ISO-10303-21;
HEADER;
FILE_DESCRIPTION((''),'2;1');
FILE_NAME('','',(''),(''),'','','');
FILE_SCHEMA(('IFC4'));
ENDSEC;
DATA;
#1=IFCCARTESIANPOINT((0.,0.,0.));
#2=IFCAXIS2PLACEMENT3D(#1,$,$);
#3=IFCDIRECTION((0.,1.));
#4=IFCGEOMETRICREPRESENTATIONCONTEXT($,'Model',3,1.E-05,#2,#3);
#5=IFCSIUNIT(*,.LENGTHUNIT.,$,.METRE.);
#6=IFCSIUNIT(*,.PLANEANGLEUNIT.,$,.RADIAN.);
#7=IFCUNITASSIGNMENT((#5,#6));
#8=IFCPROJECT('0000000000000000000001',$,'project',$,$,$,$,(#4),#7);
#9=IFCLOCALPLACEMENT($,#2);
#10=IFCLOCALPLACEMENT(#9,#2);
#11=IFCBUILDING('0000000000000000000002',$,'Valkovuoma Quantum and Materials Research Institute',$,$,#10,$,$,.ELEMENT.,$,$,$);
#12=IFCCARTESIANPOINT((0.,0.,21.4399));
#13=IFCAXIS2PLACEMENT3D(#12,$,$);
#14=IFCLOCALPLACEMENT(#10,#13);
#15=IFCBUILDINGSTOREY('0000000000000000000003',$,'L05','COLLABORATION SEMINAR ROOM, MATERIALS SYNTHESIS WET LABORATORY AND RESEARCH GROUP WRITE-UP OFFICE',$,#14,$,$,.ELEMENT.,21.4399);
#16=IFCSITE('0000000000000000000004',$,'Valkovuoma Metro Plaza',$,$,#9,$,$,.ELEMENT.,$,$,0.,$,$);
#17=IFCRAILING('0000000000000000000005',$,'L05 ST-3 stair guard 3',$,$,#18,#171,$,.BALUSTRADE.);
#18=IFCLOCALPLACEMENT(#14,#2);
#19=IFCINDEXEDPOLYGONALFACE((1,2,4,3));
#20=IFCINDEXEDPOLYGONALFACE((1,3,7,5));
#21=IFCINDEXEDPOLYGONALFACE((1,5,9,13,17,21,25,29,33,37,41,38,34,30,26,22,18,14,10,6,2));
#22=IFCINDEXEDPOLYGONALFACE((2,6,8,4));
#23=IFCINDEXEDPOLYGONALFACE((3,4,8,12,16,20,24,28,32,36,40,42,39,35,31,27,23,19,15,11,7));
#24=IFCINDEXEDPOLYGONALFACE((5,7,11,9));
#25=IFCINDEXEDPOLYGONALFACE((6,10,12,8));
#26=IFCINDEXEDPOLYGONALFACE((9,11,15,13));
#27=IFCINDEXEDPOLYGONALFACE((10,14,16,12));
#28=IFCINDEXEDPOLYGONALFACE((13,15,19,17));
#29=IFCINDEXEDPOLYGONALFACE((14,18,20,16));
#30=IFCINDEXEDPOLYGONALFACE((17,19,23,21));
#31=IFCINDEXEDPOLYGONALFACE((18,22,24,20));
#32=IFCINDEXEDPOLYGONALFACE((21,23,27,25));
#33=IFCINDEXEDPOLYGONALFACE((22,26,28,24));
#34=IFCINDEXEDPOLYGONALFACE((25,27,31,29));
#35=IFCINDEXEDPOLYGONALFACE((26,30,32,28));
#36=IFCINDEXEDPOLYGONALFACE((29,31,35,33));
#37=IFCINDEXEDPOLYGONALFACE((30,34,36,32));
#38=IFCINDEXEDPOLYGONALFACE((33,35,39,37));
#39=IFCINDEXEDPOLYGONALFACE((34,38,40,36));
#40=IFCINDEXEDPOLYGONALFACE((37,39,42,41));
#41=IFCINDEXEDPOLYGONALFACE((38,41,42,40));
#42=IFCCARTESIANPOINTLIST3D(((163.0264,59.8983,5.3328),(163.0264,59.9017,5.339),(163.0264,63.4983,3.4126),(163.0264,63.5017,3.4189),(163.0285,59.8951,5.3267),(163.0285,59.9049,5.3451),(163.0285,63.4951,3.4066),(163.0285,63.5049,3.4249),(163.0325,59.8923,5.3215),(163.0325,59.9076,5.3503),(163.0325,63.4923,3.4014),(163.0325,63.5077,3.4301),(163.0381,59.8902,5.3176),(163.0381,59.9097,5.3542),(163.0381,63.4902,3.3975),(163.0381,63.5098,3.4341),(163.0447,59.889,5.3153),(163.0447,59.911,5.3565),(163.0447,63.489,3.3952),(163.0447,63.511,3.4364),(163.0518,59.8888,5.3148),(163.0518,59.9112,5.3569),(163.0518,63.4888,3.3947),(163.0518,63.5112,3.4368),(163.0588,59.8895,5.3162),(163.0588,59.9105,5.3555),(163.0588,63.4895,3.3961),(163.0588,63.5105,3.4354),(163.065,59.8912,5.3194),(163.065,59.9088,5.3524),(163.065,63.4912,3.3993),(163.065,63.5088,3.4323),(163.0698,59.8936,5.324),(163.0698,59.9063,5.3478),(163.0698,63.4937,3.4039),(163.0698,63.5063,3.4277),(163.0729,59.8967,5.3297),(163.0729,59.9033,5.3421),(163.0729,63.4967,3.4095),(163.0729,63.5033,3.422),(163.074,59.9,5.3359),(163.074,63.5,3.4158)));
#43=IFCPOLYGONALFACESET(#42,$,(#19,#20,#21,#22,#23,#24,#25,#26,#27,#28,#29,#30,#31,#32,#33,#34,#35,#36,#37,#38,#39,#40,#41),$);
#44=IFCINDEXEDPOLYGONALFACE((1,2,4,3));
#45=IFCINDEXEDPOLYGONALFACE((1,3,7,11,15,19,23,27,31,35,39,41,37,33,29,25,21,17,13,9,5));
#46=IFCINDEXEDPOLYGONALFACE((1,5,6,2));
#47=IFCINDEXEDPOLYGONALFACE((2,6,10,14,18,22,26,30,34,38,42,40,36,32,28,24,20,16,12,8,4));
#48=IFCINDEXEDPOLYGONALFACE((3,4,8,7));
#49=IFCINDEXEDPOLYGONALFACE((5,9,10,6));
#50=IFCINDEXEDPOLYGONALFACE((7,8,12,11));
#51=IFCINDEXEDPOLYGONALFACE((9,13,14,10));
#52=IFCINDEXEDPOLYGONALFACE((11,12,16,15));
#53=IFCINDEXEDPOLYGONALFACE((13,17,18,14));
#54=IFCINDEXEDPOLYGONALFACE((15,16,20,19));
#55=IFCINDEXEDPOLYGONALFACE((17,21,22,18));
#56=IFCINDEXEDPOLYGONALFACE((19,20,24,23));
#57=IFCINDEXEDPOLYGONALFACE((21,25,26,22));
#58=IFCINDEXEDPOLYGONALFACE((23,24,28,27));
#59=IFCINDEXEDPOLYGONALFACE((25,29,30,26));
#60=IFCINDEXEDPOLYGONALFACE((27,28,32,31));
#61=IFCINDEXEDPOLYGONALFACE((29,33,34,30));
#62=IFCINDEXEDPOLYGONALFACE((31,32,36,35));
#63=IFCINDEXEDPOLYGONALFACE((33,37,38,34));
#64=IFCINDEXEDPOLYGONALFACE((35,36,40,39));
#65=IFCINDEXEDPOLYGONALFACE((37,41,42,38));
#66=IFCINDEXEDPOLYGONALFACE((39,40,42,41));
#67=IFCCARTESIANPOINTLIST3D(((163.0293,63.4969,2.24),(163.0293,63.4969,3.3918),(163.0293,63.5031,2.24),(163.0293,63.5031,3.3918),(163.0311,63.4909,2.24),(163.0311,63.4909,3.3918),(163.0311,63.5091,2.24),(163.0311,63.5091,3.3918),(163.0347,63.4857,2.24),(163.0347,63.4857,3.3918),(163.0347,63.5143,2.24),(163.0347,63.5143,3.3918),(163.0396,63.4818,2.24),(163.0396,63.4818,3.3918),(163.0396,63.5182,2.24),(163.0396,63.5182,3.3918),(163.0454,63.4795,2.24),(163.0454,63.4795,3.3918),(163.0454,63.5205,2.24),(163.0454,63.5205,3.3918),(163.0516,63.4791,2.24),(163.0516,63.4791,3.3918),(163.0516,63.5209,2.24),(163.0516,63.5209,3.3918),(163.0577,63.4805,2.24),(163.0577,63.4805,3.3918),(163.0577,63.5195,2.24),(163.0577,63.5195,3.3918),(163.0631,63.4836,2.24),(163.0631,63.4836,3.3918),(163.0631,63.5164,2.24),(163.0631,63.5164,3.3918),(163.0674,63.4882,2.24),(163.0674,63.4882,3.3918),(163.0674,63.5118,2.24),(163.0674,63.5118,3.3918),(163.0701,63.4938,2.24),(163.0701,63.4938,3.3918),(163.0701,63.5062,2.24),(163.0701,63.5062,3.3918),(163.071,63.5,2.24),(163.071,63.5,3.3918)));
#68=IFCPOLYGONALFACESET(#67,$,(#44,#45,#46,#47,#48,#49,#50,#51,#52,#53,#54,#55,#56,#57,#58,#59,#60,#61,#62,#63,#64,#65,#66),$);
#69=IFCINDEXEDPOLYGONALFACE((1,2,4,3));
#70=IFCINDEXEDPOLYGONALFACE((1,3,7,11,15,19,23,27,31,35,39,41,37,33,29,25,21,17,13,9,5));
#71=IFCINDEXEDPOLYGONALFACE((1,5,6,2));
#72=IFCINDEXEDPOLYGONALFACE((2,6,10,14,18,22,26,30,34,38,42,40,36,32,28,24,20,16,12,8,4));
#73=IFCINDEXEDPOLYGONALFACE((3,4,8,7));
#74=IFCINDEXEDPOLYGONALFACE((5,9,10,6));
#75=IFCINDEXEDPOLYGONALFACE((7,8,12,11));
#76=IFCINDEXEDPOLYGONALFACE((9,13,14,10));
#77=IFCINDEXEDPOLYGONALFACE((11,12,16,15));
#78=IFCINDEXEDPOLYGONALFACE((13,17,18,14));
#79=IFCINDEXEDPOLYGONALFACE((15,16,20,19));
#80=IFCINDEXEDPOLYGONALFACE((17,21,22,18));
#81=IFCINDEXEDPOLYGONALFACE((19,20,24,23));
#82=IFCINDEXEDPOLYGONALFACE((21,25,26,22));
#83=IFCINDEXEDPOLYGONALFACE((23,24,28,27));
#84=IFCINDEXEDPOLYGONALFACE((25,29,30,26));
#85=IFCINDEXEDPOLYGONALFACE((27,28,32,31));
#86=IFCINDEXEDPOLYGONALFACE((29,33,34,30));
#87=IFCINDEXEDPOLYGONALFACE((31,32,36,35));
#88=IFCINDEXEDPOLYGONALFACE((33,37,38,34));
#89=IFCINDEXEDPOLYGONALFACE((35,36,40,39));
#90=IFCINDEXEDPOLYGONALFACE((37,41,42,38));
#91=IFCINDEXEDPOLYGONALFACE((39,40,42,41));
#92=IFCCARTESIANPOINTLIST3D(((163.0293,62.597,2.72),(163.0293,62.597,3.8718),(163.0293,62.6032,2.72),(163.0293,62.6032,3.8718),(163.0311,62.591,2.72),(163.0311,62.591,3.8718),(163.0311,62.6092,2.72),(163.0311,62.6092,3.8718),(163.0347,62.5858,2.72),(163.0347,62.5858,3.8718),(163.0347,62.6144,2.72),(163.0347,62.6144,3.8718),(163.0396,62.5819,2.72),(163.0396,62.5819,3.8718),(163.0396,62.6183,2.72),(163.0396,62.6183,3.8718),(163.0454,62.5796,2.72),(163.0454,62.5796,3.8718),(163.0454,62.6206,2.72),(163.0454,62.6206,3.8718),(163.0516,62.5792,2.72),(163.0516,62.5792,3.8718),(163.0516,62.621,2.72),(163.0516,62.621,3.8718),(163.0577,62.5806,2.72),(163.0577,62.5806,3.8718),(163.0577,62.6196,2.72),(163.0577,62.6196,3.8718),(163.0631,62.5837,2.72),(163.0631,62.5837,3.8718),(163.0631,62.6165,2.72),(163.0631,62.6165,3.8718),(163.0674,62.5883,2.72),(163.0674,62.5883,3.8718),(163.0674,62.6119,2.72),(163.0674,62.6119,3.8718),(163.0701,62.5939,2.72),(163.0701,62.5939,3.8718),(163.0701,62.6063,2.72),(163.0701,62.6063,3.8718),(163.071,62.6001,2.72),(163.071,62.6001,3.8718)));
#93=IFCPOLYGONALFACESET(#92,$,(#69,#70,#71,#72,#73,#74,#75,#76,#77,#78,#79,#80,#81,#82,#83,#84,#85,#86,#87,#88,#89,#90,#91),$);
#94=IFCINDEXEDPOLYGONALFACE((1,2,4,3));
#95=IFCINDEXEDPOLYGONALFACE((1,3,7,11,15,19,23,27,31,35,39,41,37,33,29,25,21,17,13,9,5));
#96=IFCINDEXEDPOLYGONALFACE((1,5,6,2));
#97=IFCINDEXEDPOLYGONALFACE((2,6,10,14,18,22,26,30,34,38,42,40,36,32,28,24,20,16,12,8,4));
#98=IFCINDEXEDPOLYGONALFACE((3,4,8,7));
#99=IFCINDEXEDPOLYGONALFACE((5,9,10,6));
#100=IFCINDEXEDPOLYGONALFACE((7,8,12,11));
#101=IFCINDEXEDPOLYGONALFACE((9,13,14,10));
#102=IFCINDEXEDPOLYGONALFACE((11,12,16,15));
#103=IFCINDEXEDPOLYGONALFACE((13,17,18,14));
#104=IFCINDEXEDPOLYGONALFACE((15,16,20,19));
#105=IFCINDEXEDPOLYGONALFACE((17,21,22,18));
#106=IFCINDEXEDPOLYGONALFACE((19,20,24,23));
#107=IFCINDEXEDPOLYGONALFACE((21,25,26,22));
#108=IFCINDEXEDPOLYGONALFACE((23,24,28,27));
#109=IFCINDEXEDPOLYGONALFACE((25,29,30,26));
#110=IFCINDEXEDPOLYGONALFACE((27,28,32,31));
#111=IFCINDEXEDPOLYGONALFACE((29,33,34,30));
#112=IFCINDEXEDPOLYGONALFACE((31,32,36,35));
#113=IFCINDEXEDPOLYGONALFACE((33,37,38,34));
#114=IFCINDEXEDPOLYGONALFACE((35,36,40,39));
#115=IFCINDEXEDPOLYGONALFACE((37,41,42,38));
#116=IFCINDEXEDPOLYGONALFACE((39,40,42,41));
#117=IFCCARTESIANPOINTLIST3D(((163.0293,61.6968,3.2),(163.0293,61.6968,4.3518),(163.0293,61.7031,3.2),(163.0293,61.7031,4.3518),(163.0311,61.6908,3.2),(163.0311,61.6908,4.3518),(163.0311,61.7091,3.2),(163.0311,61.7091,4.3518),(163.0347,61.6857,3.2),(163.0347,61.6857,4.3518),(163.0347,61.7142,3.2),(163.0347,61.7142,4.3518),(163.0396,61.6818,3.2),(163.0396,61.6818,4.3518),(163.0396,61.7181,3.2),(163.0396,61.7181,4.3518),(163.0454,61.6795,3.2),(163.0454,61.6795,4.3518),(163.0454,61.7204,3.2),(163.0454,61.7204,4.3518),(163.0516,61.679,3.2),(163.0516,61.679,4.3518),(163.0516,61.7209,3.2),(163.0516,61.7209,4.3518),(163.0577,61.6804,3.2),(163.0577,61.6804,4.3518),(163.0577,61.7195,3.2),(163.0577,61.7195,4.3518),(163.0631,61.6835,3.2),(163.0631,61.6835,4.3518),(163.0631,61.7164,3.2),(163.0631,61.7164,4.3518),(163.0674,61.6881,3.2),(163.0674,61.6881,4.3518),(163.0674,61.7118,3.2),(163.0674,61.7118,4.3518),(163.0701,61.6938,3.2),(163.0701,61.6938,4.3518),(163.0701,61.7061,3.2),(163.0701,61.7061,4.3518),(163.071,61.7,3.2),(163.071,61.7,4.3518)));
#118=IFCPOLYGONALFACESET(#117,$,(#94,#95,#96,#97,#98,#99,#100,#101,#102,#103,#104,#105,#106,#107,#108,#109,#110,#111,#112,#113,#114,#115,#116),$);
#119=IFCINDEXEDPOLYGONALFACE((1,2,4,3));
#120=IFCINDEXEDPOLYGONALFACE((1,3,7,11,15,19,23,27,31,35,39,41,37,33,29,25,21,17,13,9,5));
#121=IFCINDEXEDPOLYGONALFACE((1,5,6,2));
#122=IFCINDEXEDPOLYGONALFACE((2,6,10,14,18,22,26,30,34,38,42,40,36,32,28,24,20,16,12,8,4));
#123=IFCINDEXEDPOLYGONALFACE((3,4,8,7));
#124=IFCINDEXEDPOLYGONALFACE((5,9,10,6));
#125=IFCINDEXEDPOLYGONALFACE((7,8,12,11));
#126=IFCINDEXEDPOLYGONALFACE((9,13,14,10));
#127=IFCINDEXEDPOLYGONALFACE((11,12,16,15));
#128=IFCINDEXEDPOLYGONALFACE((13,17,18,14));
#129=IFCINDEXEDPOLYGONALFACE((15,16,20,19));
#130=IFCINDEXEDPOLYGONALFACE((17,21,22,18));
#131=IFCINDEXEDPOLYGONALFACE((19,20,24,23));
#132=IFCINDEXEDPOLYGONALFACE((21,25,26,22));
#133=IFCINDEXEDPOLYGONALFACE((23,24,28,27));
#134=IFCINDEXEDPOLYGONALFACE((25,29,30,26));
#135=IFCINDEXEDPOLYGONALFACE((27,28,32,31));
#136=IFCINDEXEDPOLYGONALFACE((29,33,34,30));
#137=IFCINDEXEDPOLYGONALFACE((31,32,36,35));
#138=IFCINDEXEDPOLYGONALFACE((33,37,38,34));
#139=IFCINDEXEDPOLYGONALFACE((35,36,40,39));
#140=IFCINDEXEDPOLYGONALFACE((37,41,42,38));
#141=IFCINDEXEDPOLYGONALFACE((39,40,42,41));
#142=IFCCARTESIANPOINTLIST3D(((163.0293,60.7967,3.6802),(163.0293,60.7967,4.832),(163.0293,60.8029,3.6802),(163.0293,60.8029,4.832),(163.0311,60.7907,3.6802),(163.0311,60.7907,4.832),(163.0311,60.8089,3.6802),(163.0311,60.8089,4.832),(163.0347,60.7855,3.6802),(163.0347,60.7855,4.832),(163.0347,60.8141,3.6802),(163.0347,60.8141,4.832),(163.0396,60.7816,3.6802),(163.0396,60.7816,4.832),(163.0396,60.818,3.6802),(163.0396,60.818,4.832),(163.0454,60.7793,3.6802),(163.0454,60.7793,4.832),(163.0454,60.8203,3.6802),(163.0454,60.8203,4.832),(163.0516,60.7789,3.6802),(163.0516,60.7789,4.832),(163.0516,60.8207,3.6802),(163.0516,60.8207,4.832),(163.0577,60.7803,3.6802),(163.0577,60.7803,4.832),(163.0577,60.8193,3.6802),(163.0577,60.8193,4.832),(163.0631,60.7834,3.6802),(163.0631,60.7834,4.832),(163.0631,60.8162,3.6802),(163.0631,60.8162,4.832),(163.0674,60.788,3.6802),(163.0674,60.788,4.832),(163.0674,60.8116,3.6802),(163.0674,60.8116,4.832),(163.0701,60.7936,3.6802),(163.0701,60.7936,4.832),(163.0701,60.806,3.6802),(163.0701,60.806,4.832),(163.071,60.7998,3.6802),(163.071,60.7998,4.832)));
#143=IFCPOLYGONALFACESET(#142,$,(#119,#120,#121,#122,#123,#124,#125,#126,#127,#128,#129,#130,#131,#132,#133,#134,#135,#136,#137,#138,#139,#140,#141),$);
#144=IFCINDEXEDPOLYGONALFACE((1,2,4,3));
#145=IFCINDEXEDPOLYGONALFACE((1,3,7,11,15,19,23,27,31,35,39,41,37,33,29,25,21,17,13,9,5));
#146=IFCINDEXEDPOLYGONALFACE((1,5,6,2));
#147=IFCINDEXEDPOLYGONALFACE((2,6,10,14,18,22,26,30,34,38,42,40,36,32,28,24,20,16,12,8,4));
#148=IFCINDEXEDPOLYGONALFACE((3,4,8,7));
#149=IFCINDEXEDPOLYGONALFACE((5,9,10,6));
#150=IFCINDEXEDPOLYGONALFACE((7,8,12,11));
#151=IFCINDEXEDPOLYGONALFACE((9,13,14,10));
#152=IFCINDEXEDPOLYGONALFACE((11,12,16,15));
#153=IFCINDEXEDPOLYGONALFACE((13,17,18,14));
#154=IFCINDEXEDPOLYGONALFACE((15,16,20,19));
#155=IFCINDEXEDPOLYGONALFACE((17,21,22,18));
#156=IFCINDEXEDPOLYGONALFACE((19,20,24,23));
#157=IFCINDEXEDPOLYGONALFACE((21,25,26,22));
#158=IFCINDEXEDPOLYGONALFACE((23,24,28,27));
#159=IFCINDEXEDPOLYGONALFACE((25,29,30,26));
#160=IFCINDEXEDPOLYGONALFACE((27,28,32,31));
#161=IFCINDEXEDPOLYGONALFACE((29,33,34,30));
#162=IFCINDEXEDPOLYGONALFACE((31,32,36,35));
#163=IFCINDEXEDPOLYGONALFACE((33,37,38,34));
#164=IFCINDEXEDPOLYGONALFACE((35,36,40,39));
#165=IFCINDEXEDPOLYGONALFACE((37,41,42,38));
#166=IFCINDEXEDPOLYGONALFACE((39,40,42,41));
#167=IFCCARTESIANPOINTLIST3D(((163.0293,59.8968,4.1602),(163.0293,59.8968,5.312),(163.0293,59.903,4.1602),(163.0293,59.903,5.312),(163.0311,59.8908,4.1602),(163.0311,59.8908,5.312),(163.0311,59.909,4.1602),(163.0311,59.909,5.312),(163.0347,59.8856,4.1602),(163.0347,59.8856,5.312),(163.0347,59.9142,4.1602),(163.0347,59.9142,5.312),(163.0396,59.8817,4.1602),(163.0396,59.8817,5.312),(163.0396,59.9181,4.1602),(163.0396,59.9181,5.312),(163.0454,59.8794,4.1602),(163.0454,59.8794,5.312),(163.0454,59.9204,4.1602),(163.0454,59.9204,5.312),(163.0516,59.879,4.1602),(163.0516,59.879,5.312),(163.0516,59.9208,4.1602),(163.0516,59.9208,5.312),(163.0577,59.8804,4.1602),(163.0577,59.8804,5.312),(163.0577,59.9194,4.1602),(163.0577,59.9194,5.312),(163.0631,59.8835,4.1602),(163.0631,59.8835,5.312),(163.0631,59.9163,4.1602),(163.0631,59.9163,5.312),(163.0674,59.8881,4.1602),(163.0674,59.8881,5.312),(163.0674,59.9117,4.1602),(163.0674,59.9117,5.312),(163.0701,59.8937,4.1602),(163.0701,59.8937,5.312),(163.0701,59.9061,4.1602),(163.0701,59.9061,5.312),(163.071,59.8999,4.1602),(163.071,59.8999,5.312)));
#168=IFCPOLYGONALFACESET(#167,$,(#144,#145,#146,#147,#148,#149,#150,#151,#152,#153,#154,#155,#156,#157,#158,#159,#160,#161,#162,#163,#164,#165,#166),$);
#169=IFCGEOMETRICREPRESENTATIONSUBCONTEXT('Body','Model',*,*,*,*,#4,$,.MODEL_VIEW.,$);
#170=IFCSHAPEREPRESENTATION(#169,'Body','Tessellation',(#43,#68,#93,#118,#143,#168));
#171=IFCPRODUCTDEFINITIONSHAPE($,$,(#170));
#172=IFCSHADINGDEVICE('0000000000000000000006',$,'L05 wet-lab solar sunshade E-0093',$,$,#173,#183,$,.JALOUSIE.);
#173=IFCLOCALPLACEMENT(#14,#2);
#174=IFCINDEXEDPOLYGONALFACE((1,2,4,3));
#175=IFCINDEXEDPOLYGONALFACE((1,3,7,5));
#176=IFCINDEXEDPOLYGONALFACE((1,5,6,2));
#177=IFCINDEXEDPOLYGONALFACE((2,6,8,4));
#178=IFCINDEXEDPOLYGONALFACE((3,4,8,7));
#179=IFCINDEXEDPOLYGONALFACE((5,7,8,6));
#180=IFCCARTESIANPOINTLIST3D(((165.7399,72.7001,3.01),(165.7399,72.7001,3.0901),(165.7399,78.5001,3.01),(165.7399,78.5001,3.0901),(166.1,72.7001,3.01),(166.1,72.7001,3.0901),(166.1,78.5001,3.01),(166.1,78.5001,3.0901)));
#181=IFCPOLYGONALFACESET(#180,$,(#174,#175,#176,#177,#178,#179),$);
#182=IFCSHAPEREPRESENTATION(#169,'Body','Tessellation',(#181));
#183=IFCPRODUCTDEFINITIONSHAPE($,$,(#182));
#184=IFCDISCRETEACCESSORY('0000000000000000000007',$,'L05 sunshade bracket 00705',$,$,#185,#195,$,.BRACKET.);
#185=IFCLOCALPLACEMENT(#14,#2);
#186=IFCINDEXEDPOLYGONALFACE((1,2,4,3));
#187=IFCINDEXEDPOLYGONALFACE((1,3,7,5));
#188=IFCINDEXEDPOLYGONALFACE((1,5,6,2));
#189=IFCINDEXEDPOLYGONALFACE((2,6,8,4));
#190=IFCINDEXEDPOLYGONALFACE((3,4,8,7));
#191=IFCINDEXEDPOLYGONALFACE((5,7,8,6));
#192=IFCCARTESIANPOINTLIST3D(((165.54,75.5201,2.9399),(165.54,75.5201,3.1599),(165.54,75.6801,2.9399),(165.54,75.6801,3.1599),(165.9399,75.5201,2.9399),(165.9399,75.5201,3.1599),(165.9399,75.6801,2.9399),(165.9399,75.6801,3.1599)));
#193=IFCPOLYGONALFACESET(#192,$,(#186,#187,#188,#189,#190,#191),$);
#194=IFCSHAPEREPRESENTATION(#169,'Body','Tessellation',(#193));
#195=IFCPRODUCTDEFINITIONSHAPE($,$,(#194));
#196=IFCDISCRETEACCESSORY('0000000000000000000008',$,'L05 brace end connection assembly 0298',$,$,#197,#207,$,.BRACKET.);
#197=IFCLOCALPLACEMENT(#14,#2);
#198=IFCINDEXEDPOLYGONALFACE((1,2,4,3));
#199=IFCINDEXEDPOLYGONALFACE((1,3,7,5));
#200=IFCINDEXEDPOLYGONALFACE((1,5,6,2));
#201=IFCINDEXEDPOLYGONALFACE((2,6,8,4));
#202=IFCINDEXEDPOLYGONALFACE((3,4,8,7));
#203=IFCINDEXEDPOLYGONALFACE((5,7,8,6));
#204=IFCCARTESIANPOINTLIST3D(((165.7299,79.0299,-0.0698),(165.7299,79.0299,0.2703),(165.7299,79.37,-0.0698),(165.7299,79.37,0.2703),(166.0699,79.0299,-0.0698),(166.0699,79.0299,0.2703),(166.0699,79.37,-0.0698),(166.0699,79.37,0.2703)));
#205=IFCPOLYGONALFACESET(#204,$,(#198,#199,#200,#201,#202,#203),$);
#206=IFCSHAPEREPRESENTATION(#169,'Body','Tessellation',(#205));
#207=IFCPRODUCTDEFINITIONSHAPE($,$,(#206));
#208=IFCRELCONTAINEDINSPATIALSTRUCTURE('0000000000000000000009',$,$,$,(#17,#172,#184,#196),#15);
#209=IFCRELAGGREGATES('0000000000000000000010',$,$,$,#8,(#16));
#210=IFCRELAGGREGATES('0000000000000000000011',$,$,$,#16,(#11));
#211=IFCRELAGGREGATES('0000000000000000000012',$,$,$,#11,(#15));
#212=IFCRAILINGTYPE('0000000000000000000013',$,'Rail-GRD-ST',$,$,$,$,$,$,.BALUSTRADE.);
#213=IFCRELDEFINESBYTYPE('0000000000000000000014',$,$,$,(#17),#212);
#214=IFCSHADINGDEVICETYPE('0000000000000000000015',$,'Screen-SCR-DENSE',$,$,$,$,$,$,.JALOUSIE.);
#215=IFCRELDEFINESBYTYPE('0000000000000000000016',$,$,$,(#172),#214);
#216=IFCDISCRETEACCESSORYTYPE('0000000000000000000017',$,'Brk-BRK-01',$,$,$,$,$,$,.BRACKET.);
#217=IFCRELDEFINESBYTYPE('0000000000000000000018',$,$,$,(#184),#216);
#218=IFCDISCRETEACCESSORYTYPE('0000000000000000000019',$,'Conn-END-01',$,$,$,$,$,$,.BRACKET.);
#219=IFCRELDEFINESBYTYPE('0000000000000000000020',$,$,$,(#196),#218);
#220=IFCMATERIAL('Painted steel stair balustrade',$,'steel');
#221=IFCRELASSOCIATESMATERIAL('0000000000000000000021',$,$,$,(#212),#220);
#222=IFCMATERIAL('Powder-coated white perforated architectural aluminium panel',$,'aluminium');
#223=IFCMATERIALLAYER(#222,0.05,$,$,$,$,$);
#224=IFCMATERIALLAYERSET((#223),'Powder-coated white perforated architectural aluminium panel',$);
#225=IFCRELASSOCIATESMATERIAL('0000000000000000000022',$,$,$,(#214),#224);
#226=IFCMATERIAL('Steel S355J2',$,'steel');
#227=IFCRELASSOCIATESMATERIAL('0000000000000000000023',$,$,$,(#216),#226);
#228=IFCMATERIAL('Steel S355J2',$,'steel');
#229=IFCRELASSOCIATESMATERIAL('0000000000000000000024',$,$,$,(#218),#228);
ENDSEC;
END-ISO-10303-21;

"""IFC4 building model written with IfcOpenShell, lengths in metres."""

from ifc_helpers import new_model, si_unit, direction, frame, origin, origin_2d, place, context, subcontext, project, spatial, rectangle, circle, extrude, material, layer, layer_set, type_object, element, save


model = new_model("IFC4")

# Units and contexts
model_context = context("Model", 3, precision=1e-05, world=origin(), true_north=direction((0.0, 1.0)))
body_context = subcontext(model_context, "Body", "Model", "MODEL_VIEW")
ifc_project = project(units=[si_unit("LENGTHUNIT", "METRE"), si_unit("PLANEANGLEUNIT", "RADIAN")], contexts=[model_context])

# Site, building, storey
site_placement = place(None, origin())
site = spatial("IfcSite", under=ifc_project, at=site_placement, Name="Valkovuoma Metro Plaza", CompositionType="ELEMENT", RefElevation=0.0)
building_placement = place(site_placement, origin())
building = spatial("IfcBuilding", under=site, at=building_placement, Name="Valkovuoma Quantum and Materials Research Institute", CompositionType="ELEMENT")
storey_placement = place(building_placement, frame((0.0, 0.0, 21.4399)))
storey = spatial("IfcBuildingStorey", under=building, at=storey_placement, Name="L05", Description="COLLABORATION SEMINAR ROOM, MATERIALS SYNTHESIS WET LABORATORY AND RESEARCH GROUP WRITE-UP OFFICE", CompositionType="ELEMENT", Elevation=21.4399)

# Railing
ifc_material_1 = material(Name="Painted steel stair balustrade", Category="steel")
railing_type = type_object("IfcRailingType", Name="Rail-GRD-ST", PredefinedType="BALUSTRADE", material=ifc_material_1)
railing_1_placement = place(storey_placement, frame((163.05, 63.5, 2.24)))
element("IfcRailing", 1, at=railing_1_placement, inside=storey, type_object=railing_type, Name="L05 ST-3 stair guard 3", PredefinedType="BALUSTRADE", context=body_context, shape_type="SweptSolid", body=[
    extrude(circle(Radius=0.0239, at=origin_2d()), frame((0.0, 0.0, 1.1758), z_axis=(0.0, -0.882341, 0.47061), x_axis=(1.0, 0.0, 0.0)), (0.0, 0.0, 1.0), 4.0801),
    extrude(circle(Radius=0.021, at=origin_2d()), origin(), (0.0, 0.0, 1.0), 1.1519),
    extrude(circle(Radius=0.021, at=origin_2d()), frame((0.0, -0.8999, 0.48)), (0.0, 0.0, 1.0), 1.1519),
    extrude(circle(Radius=0.021, at=origin_2d()), frame((0.0, -1.8, 0.96)), (0.0, 0.0, 1.0), 1.1519),
    extrude(circle(Radius=0.021, at=origin_2d()), frame((0.0, -2.7002, 1.4402)), (0.0, 0.0, 1.0), 1.1519),
    extrude(circle(Radius=0.021, at=origin_2d()), frame((0.0, -3.6001, 1.9202)), (0.0, 0.0, 1.0), 1.1519),
])

# Shading device
ifc_material_2 = material(Name="Powder-coated white perforated architectural aluminium panel", Category="aluminium")
ifc_layer_1 = layer(ifc_material_2, 0.05)
ifc_layer_set_1 = layer_set([ifc_layer_1], Name="Powder-coated white perforated architectural aluminium panel")
shading_device_type = type_object("IfcShadingDeviceType", Name="Screen-SCR-DENSE", PredefinedType="JALOUSIE", material=ifc_layer_set_1)
shading_device_placement = place(storey_placement, frame((165.9199, 75.6001, 3.01), z_axis=(0.0, 0.0, 1.0), x_axis=(1.0, 0.0, 0.0)))
element("IfcShadingDevice", 2, at=shading_device_placement, inside=storey, type_object=shading_device_type, Name="L05 wet-lab solar sunshade E-0093", PredefinedType="JALOUSIE", context=body_context, shape_type="SweptSolid", body=[
    extrude(rectangle(XDim=0.3601, YDim=5.8, at=origin_2d()), origin(), (0.0, 0.0, 1.0), 0.0801),
])

# Discrete accessories
ifc_material_3 = material(Name="Steel S355J2", Category="steel")
discrete_accessory_type_1 = type_object("IfcDiscreteAccessoryType", Name="Brk-BRK-01", PredefinedType="BRACKET", material=ifc_material_3)
discrete_accessory_1_placement = place(storey_placement, frame((165.74, 75.6001, 2.9399), z_axis=(0.0, 0.0, 1.0), x_axis=(1.0, 0.0, 0.0)))
element("IfcDiscreteAccessory", 3, at=discrete_accessory_1_placement, inside=storey, type_object=discrete_accessory_type_1, Name="L05 sunshade bracket 00705", PredefinedType="BRACKET", context=body_context, shape_type="SweptSolid", body=[
    extrude(rectangle(XDim=0.3999, YDim=0.1599, at=origin_2d()), origin(), (0.0, 0.0, 1.0), 0.22),
])
ifc_material_4 = material(Name="Steel S355J2", Category="steel")
discrete_accessory_type_2 = type_object("IfcDiscreteAccessoryType", Name="Conn-END-01", PredefinedType="BRACKET", material=ifc_material_4)
discrete_accessory_2_placement = place(storey_placement, frame((165.8999, 79.2, -0.0698), z_axis=(0.0, 0.0, 1.0), x_axis=(1.0, 0.0, 0.0)))
element("IfcDiscreteAccessory", 4, at=discrete_accessory_2_placement, inside=storey, type_object=discrete_accessory_type_2, Name="L05 brace end connection assembly 0298", PredefinedType="BRACKET", context=body_context, shape_type="SweptSolid", body=[
    extrude(rectangle(XDim=0.3401, YDim=0.3401, at=origin_2d()), origin(), (0.0, 0.0, 1.0), 0.3401),
])

save(model, "model.ifc")
